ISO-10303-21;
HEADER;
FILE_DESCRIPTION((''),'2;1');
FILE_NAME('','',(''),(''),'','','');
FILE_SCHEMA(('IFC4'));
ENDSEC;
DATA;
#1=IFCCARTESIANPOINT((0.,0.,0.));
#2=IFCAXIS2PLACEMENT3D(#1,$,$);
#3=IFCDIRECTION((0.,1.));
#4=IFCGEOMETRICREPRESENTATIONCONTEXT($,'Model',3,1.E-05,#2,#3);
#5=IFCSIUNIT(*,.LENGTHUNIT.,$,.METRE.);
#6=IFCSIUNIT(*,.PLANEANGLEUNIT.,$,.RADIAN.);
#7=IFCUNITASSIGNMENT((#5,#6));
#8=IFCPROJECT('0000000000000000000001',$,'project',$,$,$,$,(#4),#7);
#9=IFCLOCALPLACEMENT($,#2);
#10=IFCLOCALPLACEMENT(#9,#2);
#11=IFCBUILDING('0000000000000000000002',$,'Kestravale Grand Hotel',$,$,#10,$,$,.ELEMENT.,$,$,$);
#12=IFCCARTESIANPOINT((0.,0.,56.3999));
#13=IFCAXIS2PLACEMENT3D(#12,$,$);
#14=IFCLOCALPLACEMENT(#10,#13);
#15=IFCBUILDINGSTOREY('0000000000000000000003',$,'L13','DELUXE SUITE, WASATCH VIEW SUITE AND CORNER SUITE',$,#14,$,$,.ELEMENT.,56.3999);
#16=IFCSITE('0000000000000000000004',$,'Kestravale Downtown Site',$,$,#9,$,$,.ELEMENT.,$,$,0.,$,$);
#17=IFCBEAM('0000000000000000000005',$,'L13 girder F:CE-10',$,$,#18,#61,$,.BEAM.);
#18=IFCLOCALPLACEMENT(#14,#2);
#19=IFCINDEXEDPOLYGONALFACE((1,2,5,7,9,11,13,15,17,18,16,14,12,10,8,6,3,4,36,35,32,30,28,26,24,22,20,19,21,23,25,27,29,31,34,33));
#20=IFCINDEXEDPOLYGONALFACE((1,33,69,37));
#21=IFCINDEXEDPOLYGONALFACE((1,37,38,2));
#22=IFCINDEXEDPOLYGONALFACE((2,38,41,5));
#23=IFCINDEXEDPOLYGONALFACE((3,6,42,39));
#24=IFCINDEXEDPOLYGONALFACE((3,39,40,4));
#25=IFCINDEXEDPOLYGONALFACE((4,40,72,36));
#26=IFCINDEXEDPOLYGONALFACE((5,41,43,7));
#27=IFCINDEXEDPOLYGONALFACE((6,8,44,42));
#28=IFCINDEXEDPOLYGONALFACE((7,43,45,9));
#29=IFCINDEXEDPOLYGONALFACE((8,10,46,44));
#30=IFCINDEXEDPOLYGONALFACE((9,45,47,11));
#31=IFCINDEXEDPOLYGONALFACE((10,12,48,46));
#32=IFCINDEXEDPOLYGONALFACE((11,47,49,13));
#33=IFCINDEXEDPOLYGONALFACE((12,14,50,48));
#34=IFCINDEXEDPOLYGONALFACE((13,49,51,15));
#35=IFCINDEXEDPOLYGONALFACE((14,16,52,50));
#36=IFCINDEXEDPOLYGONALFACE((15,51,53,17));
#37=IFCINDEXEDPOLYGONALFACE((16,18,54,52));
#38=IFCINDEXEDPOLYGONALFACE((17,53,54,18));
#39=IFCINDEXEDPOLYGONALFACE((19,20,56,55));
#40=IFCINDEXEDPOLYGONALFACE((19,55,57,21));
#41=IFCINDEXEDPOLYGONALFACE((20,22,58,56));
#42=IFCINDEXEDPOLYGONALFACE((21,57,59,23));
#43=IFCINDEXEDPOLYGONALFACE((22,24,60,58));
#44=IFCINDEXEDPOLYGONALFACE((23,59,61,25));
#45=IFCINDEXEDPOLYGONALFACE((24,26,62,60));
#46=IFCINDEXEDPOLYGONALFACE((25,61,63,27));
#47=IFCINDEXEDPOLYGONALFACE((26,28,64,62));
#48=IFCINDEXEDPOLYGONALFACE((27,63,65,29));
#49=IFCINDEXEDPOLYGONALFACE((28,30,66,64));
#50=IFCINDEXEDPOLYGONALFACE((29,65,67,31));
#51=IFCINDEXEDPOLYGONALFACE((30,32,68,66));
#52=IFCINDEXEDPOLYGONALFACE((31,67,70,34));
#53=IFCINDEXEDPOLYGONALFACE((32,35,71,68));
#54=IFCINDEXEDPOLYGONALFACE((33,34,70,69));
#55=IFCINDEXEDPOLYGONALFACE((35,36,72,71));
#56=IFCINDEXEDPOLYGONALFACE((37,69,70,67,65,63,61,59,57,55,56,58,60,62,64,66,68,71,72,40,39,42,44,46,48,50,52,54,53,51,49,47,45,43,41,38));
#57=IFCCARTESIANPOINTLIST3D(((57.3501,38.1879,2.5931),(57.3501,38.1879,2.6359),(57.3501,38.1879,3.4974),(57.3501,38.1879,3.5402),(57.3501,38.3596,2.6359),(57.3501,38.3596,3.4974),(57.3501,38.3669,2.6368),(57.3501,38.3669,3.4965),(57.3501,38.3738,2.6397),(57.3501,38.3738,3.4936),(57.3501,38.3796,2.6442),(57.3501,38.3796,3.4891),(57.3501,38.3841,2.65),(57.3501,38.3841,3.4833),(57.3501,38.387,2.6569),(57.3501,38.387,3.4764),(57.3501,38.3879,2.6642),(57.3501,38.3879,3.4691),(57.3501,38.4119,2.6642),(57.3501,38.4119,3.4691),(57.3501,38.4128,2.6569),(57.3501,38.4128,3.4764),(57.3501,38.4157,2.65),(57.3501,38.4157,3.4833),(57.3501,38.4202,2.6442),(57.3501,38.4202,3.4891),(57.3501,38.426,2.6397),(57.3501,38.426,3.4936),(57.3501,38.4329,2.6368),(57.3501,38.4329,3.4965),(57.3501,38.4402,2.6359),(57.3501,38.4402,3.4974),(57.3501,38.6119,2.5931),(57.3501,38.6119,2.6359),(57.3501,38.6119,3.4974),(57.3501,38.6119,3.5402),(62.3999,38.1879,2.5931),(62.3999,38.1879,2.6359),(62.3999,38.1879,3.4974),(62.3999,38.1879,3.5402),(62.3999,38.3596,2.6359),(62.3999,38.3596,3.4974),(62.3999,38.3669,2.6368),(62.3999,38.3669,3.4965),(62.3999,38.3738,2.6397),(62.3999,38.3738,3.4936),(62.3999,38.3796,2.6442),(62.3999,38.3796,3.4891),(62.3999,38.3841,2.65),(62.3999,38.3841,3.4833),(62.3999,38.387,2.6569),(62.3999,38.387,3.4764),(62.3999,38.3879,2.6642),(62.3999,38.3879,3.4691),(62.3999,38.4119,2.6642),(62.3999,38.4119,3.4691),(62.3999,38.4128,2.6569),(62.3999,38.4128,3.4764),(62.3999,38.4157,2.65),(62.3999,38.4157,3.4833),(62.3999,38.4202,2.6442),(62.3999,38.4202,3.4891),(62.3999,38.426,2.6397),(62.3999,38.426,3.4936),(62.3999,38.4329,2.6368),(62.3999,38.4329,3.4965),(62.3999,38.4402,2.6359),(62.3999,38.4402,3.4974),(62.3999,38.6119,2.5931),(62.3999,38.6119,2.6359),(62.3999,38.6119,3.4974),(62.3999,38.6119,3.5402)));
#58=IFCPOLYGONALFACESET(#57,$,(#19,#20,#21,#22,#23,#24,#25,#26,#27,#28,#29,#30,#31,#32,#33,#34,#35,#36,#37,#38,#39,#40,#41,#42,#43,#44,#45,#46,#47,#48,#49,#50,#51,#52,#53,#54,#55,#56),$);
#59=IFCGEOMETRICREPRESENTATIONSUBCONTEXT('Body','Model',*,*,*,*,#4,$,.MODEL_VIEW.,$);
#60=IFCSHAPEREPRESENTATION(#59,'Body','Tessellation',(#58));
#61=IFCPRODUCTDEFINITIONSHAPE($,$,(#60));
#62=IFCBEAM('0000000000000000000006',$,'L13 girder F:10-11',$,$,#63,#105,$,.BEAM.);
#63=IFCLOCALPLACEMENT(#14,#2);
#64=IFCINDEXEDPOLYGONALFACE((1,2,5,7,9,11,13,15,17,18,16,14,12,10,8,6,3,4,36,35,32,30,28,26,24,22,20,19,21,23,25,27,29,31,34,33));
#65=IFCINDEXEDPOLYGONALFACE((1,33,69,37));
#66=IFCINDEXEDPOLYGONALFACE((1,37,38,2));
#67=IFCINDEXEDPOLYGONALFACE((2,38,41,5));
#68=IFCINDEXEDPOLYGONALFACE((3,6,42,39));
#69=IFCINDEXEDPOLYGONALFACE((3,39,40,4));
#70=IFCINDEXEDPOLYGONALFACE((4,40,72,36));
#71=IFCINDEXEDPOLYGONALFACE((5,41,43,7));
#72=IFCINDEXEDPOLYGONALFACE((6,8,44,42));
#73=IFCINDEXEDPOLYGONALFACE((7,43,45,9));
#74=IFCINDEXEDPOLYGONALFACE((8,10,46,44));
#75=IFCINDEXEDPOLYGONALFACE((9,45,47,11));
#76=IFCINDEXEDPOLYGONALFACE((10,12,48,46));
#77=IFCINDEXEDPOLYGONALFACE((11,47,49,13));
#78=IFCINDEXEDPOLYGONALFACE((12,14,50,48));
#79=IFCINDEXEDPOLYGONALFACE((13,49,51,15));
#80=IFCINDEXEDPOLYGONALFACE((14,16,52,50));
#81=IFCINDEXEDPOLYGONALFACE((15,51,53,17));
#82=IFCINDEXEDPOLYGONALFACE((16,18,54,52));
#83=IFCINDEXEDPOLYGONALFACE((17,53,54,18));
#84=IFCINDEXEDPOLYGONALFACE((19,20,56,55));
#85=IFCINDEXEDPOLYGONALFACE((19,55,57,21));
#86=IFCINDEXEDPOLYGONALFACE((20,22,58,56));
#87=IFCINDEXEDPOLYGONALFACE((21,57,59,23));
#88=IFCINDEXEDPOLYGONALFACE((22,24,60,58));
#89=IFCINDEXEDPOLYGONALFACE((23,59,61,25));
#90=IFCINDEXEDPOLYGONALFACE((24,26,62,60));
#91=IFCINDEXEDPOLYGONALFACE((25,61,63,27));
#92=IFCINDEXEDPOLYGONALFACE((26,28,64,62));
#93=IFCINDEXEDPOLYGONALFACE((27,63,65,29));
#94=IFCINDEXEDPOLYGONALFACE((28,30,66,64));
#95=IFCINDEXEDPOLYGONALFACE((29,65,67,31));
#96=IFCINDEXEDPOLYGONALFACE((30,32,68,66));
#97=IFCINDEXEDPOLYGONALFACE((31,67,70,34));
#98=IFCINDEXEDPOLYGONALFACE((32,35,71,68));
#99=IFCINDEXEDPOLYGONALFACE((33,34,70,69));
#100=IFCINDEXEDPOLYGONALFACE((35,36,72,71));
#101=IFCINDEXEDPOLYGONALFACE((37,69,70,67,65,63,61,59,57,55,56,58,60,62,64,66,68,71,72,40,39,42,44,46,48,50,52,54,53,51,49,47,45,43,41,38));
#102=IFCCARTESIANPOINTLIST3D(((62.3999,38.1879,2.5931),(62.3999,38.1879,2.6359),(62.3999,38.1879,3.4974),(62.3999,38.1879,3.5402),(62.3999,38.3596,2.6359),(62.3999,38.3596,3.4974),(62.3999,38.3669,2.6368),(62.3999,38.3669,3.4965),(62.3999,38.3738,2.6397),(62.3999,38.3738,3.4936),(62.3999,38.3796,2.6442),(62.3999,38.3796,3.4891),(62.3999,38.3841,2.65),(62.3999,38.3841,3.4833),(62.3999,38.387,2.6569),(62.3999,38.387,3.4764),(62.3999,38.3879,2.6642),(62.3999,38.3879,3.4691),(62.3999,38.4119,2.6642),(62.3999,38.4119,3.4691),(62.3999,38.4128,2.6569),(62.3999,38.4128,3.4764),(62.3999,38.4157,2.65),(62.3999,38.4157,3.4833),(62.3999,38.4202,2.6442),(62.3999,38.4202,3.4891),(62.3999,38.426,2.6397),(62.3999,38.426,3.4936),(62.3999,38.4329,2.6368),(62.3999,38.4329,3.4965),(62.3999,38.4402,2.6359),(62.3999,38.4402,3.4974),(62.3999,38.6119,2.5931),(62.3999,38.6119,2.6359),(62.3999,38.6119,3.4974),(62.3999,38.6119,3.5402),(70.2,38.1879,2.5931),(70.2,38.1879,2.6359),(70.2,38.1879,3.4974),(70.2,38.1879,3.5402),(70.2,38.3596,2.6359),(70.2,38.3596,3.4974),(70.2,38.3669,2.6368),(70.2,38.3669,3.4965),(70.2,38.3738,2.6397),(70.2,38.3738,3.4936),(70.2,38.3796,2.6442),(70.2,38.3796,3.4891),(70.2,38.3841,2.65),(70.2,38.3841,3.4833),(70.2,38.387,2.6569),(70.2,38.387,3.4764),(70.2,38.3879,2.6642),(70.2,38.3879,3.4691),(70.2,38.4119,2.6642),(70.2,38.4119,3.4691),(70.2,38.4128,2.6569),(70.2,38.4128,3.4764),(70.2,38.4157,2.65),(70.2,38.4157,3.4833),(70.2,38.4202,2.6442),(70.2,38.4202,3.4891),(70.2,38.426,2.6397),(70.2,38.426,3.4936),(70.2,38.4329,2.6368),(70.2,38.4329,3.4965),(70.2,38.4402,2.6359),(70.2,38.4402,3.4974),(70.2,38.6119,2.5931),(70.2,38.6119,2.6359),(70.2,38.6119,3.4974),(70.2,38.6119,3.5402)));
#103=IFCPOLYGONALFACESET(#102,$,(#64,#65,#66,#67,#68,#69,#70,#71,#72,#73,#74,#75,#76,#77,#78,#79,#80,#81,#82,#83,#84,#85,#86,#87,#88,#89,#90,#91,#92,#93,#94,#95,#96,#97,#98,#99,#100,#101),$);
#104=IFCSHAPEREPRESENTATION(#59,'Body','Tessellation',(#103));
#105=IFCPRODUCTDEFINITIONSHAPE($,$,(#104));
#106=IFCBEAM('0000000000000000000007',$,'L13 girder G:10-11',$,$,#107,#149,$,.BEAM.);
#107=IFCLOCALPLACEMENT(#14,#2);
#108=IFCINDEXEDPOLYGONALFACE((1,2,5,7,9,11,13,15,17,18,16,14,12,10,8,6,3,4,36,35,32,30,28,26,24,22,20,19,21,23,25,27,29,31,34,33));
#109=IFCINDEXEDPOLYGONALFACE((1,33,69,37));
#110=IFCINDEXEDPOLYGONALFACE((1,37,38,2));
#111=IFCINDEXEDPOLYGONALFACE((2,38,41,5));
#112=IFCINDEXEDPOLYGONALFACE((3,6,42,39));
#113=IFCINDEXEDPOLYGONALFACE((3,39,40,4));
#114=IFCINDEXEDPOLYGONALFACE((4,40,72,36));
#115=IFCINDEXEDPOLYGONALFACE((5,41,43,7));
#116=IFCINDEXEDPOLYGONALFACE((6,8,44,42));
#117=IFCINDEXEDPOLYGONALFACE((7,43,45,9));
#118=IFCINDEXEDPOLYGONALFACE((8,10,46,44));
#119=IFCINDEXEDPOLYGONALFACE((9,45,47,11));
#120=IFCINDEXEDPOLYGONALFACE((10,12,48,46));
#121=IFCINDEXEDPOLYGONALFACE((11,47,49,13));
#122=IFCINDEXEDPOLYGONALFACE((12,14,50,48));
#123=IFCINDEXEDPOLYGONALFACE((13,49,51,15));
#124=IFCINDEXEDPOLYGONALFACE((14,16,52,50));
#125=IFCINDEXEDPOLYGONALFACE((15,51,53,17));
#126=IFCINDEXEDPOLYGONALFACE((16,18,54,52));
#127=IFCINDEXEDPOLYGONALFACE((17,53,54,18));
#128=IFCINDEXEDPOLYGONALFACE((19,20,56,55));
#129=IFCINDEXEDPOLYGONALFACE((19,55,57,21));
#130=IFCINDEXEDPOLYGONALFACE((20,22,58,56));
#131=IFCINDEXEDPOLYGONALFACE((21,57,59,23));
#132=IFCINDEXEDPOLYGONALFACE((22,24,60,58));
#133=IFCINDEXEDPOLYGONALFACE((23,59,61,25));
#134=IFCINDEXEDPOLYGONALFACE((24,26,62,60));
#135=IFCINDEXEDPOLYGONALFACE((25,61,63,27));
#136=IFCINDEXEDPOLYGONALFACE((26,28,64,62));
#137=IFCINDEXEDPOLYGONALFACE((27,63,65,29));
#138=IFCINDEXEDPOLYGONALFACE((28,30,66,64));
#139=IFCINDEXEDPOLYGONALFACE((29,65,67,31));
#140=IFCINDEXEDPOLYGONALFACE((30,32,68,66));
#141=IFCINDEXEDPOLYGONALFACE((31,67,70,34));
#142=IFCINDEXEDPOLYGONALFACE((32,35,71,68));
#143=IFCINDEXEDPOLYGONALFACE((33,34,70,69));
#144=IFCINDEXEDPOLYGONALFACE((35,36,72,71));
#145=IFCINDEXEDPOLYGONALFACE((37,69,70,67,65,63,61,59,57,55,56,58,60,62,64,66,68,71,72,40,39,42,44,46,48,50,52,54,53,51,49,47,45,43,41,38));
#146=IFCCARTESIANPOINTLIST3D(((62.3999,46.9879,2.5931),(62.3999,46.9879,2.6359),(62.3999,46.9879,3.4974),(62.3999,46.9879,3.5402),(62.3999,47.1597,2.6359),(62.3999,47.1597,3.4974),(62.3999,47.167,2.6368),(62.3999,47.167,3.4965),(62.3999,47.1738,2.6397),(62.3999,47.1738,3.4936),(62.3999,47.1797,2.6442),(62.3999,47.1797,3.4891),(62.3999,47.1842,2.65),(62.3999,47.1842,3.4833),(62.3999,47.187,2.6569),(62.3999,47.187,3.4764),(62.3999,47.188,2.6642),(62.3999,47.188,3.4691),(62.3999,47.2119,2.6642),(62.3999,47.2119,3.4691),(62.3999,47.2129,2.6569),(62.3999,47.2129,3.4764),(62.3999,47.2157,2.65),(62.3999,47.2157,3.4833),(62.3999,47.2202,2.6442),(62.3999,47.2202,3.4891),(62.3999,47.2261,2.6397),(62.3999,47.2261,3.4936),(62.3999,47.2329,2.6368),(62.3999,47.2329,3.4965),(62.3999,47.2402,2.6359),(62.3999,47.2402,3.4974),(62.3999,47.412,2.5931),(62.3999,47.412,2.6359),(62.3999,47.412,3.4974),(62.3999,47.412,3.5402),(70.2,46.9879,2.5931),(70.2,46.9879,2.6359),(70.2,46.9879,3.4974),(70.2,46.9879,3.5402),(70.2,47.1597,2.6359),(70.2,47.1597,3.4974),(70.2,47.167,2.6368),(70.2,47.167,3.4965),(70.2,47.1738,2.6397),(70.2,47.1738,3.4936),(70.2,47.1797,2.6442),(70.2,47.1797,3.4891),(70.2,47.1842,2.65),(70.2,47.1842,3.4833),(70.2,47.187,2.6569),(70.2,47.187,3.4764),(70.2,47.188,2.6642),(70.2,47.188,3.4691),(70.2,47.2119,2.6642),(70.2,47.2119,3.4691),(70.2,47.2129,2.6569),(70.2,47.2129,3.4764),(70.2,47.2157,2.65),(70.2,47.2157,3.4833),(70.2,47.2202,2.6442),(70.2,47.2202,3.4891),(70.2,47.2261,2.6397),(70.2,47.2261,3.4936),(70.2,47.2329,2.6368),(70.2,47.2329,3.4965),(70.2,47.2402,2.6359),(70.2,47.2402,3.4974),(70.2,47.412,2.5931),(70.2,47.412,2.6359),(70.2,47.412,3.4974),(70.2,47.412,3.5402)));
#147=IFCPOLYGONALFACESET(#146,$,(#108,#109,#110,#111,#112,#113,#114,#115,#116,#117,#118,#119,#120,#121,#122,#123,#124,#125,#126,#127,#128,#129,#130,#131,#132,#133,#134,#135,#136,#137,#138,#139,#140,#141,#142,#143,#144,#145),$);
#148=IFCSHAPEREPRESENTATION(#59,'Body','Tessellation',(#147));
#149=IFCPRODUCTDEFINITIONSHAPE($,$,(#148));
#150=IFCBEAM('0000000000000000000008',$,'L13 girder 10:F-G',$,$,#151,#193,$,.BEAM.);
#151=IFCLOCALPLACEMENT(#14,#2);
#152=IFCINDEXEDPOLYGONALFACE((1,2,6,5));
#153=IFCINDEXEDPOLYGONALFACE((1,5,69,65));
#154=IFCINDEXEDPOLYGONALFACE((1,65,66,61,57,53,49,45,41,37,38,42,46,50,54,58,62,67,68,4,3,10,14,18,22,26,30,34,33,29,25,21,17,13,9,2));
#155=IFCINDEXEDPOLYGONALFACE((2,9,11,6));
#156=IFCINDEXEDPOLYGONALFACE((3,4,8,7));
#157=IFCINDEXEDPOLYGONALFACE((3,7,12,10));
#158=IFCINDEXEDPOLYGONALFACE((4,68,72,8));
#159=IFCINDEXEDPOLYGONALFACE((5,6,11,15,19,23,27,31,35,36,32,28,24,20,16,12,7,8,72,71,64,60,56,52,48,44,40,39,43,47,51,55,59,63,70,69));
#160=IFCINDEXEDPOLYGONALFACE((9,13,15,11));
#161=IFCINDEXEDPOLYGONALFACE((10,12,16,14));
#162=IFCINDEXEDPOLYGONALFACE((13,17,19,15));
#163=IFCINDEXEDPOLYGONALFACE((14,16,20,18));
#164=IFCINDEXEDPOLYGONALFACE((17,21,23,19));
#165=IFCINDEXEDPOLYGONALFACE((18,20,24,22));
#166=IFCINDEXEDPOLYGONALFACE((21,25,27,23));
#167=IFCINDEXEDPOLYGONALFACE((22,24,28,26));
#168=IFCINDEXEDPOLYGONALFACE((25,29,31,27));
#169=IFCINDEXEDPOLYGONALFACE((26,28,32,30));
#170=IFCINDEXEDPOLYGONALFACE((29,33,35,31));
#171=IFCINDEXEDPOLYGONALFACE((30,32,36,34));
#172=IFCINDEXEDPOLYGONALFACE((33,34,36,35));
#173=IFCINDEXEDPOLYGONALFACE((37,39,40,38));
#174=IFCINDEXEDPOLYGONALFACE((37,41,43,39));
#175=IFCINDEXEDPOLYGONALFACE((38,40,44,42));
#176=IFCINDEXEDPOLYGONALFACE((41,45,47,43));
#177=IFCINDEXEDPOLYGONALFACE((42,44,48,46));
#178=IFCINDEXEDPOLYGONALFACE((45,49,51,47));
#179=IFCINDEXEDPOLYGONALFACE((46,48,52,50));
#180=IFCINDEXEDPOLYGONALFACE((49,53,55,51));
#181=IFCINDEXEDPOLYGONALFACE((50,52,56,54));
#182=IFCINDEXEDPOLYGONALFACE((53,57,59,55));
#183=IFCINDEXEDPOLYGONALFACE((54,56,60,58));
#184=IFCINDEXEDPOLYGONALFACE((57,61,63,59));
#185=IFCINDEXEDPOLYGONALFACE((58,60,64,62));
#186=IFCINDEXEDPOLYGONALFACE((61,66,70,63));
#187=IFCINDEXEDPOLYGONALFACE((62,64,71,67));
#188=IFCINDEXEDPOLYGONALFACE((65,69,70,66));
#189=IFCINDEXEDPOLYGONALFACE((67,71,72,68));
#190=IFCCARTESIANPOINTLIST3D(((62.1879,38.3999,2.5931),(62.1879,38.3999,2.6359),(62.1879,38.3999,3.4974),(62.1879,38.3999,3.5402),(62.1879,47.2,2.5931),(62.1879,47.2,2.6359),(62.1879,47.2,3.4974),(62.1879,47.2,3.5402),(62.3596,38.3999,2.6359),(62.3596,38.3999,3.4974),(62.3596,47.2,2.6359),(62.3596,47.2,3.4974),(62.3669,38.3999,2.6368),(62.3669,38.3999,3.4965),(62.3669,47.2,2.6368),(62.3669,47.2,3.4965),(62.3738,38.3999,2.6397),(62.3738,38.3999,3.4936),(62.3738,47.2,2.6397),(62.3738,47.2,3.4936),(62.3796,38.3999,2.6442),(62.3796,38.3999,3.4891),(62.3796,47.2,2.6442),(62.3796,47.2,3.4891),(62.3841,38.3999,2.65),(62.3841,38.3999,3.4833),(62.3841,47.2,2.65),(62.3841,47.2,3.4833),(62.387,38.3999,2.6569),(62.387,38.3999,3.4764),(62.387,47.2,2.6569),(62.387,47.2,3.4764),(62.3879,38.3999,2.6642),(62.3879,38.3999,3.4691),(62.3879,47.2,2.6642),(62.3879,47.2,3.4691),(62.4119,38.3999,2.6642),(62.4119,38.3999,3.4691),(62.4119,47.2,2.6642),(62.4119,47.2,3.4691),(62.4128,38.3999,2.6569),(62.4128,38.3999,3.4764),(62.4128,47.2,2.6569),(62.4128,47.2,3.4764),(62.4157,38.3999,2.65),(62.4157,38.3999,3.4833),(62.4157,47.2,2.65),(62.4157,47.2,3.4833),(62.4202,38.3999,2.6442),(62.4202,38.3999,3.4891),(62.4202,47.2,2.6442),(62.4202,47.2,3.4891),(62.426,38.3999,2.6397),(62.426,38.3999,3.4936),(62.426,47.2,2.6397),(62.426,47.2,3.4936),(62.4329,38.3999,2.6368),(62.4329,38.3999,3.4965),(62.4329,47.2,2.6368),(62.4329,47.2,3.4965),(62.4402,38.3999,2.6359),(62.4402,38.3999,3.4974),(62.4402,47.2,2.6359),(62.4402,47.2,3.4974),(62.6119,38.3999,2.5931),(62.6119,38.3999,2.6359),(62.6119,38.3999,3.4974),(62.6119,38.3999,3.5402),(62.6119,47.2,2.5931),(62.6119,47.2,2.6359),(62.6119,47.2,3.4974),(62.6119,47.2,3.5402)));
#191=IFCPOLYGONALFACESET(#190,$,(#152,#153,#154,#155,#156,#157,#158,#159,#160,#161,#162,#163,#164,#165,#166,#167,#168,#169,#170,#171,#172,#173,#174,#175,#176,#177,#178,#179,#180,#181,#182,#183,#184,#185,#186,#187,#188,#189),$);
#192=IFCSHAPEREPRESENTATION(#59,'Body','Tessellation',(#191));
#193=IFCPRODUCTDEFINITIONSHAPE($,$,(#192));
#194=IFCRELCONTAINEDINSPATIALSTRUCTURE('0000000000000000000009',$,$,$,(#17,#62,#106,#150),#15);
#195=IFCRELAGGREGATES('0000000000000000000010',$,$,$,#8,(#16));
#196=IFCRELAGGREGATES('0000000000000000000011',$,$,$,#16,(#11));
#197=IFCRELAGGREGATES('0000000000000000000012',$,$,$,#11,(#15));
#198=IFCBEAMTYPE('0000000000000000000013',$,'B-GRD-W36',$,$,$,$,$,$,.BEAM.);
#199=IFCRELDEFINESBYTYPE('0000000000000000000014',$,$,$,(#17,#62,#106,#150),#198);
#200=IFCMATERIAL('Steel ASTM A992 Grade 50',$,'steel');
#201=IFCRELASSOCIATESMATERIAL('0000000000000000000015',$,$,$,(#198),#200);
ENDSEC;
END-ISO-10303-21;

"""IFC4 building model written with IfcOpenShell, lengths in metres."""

from ifc_helpers import new_model, si_unit, direction, frame, origin, origin_2d, place, context, subcontext, project, spatial, i_section, extrude, material, material_profile, profile_set, type_object, element, save


model = new_model("IFC4")

# Units and contexts
model_context = context("Model", 3, precision=1e-05, world=origin(), true_north=direction((0.0, 1.0)))
body_context = subcontext(model_context, "Body", "Model", "MODEL_VIEW")
ifc_project = project(units=[si_unit("LENGTHUNIT", "METRE"), si_unit("PLANEANGLEUNIT", "RADIAN")], contexts=[model_context])

# Site, building, storey
site_placement = place(None, origin())
site = spatial("IfcSite", under=ifc_project, at=site_placement, Name="Kestravale Downtown Site", CompositionType="ELEMENT", RefElevation=0.0)
building_placement = place(site_placement, origin())
building = spatial("IfcBuilding", under=site, at=building_placement, Name="Kestravale Grand Hotel", CompositionType="ELEMENT")
storey_placement = place(building_placement, frame((0.0, 0.0, 56.3999)))
storey = spatial("IfcBuildingStorey", under=building, at=storey_placement, Name="L13", Description="DELUXE SUITE, WASATCH VIEW SUITE AND CORNER SUITE", CompositionType="ELEMENT", Elevation=56.3999)

# Beams
ifc_material_1 = material(Name="Steel ASTM A992 Grade 50", Category="steel")
ifc_material_profile_1 = material_profile(ifc_material_1, i_section(OverallWidth=0.4241, OverallDepth=0.947, WebThickness=0.0239, FlangeThickness=0.0427, FilletRadius=0.0283, at=origin_2d()))
ifc_profile_set_1 = profile_set([ifc_material_profile_1], Name="Steel ASTM A992 Grade 50")
beam_type_1 = type_object("IfcBeamType", Name="B-GRD-W36", PredefinedType="BEAM", material=ifc_profile_set_1)
beam_1_placement = place(storey_placement, frame((57.3501, 38.3999, 3.0667), z_axis=(1.0, 0.0, 0.0), x_axis=(0.0, 1.0, 0.0)))
element("IfcBeam", 1, at=beam_1_placement, inside=storey, type_object=beam_type_1, Name="L13 girder F:CE-10", PredefinedType="BEAM", context=body_context, shape_type="SweptSolid", body=[
    extrude(i_section(OverallWidth=0.4241, OverallDepth=0.947, WebThickness=0.0239, FlangeThickness=0.0427, FilletRadius=0.0283, at=origin_2d()), origin(), (0.0, 0.0, 1.0), 5.0498),
])
for number, where, z_axis, x_axis, name in (
    (2, (62.3999, 38.3999, 3.0667), (1.0, 0.0, 0.0), (0.0, 1.0, 0.0), "L13 girder F:10-11"),
    (3, (62.3999, 47.2, 3.0667), (1.0, 0.0, 0.0), (0.0, 1.0, 0.0), "L13 girder G:10-11"),
):
    element("IfcBeam", number, at=place(storey_placement, frame(where, z_axis=z_axis, x_axis=x_axis)), inside=storey, type_object=beam_type_1, Name=name, PredefinedType="BEAM", context=body_context, shape_type="SweptSolid", body=[
        extrude(i_section(OverallWidth=0.4241, OverallDepth=0.947, WebThickness=0.0239, FlangeThickness=0.0427, FilletRadius=0.0283, at=origin_2d()), origin(), (0.0, 0.0, 1.0), 7.8),
    ])
for number, where, z_axis, x_axis, name in (
    (4, (62.3999, 38.3999, 3.0667), (0.0, 1.0, 0.0), (-1.0, 0.0, 0.0), "L13 girder 10:F-G"),
):
    element("IfcBeam", number, at=place(storey_placement, frame(where, z_axis=z_axis, x_axis=x_axis)), inside=storey, type_object=beam_type_1, Name=name, PredefinedType="BEAM", context=body_context, shape_type="SweptSolid", body=[
        extrude(i_section(OverallWidth=0.4241, OverallDepth=0.947, WebThickness=0.0239, FlangeThickness=0.0427, FilletRadius=0.0283, at=origin_2d()), origin(), (0.0, 0.0, 1.0), 8.8),
    ])

save(model, "model.ifc")
